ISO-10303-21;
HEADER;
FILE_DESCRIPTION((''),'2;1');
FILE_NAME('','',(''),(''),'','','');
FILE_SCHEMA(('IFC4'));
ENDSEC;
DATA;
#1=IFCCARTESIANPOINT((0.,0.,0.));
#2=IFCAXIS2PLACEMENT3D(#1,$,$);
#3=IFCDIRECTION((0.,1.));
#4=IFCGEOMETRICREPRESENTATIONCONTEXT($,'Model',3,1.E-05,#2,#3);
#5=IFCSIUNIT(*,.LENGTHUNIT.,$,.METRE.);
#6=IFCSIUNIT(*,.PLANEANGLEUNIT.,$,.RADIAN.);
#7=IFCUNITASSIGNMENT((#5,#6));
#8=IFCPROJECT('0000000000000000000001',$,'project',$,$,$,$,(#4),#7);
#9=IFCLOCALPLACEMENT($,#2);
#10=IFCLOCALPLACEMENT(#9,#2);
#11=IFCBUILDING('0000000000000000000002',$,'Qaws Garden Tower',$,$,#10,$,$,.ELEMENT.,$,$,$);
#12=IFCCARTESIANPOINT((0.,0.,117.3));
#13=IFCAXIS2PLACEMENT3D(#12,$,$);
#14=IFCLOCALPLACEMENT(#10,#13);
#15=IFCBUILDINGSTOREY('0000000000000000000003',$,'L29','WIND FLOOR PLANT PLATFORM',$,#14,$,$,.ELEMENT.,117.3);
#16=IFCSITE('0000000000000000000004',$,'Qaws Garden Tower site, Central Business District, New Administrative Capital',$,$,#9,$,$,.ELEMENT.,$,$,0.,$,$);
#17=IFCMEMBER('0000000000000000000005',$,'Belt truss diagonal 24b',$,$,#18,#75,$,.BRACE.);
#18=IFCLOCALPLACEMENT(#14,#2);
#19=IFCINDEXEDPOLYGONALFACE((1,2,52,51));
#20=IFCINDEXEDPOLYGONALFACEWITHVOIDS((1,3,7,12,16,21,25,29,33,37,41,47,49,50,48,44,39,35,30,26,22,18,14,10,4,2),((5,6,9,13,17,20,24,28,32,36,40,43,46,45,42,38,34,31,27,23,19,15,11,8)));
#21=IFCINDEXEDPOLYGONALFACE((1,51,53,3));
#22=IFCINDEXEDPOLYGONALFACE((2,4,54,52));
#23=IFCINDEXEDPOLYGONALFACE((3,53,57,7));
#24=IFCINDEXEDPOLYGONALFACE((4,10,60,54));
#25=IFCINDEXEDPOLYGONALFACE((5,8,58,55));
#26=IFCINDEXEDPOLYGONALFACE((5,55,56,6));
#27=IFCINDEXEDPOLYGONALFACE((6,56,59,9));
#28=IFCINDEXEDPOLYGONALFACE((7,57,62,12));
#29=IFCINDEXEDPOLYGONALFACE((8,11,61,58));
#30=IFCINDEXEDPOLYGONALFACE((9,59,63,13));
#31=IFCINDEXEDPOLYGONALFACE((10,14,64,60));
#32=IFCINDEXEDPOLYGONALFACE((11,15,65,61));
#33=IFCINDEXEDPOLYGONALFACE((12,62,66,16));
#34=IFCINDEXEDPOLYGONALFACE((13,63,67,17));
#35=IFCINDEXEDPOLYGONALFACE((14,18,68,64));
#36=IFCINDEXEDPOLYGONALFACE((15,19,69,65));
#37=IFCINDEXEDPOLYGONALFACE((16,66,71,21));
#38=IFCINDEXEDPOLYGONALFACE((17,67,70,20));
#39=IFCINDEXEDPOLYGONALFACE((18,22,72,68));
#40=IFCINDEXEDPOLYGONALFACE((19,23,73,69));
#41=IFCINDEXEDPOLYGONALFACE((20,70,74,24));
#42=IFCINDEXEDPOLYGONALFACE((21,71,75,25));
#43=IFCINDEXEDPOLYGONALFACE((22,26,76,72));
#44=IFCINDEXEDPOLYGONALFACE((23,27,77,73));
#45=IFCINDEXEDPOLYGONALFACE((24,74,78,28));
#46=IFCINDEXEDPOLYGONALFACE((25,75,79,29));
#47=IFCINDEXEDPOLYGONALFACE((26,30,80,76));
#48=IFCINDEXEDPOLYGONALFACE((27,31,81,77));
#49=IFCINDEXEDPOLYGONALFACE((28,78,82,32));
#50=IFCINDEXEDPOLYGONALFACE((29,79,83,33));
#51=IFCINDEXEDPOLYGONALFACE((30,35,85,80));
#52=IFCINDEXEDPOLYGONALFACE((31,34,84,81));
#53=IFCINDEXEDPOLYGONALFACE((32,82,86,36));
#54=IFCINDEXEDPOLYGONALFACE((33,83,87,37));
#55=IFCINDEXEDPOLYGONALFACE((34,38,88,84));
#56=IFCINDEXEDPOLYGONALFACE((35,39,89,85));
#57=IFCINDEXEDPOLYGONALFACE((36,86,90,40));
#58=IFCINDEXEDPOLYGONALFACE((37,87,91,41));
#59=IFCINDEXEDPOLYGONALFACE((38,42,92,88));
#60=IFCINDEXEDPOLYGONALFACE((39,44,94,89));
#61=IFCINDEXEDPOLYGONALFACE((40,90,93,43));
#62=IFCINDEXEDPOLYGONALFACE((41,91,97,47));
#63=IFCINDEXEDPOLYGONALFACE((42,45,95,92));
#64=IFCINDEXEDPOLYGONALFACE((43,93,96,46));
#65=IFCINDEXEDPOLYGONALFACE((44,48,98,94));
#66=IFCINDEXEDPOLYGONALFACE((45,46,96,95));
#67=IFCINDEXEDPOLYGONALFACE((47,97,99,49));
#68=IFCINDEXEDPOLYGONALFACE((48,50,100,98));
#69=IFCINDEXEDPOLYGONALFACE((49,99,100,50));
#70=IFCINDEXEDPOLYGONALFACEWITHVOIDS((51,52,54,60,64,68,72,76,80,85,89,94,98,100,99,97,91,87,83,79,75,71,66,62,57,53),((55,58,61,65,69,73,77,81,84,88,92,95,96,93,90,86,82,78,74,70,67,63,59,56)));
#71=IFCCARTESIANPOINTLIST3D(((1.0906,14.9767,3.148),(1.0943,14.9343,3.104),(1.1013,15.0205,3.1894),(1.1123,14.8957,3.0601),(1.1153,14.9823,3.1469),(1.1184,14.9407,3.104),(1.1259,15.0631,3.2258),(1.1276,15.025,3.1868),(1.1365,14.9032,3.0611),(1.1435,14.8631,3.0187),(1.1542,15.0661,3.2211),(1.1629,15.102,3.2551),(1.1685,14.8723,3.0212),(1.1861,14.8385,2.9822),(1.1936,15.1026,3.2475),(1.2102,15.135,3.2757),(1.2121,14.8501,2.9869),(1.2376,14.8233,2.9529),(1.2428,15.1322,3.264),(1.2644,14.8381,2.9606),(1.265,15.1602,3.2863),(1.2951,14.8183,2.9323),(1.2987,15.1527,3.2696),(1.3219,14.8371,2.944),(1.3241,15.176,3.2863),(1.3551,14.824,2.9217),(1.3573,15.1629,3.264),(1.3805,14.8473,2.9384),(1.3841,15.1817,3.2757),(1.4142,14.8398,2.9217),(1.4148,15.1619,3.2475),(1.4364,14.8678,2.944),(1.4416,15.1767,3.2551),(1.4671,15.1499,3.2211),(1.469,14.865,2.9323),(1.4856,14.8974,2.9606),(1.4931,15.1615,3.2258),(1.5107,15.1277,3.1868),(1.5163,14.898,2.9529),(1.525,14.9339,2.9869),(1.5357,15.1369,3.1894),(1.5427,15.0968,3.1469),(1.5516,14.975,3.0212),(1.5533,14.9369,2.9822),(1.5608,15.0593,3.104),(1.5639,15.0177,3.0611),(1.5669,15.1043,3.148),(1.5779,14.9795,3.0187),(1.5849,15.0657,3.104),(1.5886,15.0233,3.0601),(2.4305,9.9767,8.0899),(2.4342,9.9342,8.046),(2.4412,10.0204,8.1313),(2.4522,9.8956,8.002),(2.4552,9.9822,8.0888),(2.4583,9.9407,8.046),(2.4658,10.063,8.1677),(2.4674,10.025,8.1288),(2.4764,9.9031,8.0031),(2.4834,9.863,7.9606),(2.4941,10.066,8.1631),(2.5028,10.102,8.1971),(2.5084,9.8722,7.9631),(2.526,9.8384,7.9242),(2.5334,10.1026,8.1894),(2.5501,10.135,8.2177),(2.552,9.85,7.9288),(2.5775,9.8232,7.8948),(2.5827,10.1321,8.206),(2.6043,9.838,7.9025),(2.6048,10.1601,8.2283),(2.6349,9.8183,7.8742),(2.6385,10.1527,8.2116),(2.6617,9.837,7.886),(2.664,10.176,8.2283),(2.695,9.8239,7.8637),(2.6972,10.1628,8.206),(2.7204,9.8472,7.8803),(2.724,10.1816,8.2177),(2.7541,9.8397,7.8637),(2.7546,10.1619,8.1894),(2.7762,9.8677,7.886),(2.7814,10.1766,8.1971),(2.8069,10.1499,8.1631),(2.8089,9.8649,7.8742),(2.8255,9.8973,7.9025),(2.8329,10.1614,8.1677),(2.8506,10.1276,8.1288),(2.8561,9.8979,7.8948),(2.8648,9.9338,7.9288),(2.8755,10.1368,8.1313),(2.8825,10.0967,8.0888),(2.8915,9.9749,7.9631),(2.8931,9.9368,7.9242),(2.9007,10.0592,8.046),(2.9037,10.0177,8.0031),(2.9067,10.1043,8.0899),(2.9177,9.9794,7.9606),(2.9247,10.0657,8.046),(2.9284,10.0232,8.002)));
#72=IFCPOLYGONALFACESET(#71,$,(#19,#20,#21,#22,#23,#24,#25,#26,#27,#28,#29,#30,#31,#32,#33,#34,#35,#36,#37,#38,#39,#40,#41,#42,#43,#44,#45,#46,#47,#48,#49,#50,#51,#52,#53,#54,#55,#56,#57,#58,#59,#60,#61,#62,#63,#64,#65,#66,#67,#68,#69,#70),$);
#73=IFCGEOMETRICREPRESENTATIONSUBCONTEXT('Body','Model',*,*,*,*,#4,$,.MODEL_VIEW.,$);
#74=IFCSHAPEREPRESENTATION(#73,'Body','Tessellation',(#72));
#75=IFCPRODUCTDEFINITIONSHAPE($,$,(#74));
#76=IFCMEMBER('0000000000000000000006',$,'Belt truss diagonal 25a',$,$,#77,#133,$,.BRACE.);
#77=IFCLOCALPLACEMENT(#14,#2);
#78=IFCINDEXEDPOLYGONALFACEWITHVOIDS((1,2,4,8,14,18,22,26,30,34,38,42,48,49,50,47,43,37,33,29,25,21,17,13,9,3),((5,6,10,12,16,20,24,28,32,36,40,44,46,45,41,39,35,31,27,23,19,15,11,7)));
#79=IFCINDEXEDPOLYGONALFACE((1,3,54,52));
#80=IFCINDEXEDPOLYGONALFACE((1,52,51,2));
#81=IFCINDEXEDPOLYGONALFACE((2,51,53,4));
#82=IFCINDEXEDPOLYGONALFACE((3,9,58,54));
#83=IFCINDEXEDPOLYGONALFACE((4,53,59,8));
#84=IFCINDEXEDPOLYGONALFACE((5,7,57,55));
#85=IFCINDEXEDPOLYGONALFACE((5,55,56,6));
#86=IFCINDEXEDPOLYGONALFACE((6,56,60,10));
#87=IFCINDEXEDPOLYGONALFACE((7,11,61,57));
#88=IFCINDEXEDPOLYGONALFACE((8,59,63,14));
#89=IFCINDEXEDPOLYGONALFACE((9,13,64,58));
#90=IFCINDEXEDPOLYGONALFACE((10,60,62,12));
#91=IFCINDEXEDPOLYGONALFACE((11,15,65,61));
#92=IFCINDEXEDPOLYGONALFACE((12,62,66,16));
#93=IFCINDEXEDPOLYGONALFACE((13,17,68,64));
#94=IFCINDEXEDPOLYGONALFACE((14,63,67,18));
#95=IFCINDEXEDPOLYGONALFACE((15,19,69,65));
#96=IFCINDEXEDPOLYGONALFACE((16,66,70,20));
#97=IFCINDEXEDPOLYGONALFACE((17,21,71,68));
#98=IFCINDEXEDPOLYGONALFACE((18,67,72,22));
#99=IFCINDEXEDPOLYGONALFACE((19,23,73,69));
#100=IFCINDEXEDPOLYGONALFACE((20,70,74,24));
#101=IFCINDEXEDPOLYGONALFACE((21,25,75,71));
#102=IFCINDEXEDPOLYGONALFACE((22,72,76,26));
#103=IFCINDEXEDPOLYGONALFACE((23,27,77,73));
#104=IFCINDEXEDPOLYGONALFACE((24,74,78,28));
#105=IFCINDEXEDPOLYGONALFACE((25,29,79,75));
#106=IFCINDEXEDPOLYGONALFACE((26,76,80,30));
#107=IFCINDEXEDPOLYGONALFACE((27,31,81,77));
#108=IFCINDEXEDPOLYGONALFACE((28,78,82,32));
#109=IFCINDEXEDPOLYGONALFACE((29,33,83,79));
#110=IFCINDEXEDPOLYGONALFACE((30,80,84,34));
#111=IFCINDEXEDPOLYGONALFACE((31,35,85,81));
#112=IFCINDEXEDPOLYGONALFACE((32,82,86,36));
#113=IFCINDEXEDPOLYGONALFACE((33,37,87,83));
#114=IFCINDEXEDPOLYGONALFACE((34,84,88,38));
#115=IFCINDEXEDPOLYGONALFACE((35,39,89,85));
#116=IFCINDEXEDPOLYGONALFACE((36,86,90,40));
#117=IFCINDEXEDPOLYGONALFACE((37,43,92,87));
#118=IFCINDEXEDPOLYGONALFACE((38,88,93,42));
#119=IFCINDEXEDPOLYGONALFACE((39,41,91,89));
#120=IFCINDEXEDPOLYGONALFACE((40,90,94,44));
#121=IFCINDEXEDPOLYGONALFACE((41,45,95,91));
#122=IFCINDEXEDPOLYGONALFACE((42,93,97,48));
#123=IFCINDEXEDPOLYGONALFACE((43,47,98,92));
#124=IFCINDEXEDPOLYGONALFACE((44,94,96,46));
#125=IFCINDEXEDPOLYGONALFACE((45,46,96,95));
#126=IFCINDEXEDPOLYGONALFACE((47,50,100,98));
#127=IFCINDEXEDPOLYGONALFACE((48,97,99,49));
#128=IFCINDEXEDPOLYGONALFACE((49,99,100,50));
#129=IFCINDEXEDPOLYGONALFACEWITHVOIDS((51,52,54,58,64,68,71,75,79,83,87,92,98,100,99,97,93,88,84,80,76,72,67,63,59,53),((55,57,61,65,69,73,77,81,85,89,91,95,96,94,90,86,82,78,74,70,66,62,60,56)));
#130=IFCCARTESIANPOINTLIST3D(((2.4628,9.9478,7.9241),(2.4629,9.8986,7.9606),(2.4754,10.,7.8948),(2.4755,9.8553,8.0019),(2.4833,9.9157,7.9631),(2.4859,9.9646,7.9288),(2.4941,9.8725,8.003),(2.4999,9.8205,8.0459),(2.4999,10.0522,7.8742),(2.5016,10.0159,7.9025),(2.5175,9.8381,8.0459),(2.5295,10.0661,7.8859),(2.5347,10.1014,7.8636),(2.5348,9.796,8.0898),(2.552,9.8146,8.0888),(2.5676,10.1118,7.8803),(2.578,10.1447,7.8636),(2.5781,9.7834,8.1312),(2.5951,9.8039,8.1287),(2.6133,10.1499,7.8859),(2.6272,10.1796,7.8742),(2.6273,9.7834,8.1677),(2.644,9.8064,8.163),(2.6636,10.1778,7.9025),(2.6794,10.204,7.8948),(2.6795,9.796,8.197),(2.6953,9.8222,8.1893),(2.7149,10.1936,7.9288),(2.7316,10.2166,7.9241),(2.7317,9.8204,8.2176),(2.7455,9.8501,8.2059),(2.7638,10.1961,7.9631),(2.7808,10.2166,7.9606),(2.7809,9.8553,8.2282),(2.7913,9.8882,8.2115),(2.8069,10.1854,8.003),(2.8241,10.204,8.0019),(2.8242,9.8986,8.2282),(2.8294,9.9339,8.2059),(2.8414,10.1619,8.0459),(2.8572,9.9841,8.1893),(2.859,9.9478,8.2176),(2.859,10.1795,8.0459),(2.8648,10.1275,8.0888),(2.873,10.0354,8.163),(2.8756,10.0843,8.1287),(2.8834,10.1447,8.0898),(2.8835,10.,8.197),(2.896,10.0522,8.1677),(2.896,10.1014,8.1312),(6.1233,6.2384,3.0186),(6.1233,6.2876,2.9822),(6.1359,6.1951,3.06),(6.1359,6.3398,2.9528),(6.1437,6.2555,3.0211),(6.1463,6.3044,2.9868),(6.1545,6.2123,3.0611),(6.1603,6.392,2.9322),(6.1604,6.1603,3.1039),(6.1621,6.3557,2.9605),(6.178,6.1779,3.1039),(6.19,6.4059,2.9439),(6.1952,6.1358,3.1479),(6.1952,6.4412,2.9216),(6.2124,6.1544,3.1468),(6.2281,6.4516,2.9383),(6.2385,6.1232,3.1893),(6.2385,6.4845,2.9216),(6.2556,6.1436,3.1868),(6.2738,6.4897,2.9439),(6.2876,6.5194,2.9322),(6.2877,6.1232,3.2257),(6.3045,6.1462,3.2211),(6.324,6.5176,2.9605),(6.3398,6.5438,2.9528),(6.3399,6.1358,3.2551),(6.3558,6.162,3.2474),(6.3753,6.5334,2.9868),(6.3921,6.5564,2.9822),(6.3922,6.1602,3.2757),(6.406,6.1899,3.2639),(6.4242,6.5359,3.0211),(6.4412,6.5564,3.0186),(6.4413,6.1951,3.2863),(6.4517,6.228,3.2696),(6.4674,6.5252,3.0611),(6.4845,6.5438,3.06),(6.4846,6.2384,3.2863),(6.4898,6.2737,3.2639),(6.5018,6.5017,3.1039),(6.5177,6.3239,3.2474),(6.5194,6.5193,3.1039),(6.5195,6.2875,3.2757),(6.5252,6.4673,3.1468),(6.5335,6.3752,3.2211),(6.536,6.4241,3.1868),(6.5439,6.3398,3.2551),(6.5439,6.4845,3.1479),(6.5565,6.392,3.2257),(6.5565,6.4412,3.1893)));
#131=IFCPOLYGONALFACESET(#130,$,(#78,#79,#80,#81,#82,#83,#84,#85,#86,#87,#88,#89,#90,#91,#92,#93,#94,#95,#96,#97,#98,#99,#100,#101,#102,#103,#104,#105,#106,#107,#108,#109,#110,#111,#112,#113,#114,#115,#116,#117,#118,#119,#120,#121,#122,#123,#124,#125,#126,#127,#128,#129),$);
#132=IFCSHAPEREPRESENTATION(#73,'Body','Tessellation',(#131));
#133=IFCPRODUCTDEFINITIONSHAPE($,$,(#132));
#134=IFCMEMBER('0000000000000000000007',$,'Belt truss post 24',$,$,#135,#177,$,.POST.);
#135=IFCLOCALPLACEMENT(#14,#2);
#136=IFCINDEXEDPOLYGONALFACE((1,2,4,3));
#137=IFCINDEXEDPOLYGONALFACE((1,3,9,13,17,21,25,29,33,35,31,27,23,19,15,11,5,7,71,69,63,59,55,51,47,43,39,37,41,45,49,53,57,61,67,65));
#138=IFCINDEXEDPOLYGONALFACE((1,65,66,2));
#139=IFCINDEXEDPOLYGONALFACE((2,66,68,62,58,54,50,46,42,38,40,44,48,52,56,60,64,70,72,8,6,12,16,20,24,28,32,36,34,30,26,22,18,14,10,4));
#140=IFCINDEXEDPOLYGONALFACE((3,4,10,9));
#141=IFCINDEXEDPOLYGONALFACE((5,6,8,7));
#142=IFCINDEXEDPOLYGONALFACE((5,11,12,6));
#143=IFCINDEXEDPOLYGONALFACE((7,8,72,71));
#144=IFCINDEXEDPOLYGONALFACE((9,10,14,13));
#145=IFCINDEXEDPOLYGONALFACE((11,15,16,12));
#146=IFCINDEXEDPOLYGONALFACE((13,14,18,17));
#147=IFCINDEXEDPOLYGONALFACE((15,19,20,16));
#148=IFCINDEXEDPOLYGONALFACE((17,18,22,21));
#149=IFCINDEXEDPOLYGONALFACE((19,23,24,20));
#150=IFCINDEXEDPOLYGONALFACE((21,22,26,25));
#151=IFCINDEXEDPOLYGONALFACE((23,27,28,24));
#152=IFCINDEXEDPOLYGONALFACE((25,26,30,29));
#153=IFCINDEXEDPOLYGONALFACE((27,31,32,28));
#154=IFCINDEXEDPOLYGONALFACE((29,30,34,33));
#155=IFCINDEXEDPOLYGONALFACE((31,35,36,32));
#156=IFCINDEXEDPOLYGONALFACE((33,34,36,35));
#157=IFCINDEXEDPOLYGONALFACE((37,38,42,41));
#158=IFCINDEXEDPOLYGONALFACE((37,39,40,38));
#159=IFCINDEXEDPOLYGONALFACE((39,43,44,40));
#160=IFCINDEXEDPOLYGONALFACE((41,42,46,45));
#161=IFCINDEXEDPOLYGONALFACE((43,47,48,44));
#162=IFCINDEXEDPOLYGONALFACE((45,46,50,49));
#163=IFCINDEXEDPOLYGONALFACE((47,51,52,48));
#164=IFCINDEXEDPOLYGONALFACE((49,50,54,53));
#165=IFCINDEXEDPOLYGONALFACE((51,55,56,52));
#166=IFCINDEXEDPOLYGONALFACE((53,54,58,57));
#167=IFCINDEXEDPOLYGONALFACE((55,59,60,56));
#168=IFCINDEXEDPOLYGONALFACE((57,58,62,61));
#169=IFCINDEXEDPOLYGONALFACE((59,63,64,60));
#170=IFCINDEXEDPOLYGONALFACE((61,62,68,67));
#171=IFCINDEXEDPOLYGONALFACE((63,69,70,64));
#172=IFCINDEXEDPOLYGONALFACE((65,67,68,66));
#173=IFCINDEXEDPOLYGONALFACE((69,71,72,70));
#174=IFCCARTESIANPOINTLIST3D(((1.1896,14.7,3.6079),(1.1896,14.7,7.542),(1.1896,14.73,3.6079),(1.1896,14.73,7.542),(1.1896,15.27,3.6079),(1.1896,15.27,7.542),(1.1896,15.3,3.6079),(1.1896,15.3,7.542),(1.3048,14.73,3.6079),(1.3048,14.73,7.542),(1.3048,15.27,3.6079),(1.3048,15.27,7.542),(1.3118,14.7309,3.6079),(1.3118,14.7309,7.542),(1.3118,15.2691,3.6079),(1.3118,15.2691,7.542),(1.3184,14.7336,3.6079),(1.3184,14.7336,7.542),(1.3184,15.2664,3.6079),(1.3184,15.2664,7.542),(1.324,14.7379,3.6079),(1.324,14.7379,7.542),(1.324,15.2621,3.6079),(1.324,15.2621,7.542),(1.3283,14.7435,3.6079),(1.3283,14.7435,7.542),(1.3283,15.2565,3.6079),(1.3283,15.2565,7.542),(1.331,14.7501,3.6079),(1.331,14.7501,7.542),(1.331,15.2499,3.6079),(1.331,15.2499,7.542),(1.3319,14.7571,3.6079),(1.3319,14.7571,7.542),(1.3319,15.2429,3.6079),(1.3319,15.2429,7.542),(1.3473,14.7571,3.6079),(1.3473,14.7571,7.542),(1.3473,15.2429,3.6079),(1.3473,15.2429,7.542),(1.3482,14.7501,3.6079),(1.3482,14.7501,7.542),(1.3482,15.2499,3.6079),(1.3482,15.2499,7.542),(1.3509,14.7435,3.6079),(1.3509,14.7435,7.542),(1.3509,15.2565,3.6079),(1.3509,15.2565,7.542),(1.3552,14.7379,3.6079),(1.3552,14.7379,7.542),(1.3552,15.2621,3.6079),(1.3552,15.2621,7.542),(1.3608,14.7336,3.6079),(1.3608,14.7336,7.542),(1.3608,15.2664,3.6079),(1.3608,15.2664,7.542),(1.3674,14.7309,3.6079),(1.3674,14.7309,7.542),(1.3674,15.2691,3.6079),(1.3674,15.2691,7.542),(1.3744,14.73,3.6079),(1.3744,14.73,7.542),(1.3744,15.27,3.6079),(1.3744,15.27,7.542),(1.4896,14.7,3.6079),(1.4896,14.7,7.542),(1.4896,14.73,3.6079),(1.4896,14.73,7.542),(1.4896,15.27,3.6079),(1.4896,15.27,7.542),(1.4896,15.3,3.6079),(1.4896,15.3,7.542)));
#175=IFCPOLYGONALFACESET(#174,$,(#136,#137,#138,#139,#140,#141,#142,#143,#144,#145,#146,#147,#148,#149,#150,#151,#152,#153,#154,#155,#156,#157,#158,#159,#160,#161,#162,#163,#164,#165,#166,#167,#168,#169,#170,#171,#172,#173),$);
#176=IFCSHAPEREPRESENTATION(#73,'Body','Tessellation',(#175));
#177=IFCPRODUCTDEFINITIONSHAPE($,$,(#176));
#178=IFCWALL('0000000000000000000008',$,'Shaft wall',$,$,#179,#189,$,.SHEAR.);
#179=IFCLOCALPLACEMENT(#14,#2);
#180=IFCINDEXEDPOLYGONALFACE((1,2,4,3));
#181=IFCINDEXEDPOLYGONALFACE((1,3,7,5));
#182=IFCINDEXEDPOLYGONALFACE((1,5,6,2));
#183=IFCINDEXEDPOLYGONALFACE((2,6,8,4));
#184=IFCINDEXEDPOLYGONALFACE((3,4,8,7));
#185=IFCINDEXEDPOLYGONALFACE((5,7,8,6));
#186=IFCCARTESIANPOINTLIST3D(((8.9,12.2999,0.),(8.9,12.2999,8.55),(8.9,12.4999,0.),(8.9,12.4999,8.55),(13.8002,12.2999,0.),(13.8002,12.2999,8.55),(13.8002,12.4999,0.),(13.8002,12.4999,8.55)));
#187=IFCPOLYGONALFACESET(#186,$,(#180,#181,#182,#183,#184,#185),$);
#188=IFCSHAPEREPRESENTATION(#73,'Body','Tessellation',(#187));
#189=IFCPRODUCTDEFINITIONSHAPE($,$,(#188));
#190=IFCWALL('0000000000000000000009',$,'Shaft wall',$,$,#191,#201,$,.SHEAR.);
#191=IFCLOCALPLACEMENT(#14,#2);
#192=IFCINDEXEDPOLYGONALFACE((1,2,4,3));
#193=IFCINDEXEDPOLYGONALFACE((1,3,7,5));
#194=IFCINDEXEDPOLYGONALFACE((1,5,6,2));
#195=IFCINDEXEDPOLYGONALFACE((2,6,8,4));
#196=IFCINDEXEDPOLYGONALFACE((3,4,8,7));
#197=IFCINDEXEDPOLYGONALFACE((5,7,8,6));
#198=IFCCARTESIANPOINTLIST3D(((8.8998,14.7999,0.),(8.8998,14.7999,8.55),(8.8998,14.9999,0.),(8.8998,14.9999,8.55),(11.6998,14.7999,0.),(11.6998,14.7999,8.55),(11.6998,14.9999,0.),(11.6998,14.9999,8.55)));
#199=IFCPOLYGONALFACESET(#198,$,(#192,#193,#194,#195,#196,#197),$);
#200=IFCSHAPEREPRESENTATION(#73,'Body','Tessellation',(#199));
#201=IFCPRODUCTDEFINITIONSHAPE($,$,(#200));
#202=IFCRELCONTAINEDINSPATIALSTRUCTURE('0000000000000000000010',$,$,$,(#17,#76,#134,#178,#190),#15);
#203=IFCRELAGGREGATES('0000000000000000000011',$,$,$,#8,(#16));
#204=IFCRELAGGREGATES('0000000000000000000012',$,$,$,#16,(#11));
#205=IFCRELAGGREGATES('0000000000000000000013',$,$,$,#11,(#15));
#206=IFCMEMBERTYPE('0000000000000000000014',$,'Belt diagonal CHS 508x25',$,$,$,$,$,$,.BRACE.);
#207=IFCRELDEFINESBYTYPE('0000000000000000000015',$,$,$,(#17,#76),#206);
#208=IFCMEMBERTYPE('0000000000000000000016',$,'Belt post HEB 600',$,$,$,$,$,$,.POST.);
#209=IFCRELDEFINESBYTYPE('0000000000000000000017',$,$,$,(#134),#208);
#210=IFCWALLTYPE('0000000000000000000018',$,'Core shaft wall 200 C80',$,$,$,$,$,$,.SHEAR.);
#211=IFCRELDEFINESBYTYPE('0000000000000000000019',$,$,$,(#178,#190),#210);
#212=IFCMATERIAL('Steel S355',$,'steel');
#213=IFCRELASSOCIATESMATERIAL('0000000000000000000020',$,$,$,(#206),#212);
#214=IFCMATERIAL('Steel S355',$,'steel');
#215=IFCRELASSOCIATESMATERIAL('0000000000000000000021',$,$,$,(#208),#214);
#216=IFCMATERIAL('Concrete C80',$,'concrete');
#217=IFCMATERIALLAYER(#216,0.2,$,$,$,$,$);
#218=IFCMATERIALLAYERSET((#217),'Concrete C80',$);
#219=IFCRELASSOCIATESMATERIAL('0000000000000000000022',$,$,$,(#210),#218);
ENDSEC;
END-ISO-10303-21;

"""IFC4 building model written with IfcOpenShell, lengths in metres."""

from ifc_helpers import new_model, si_unit, direction, frame, frame_2d, origin, origin_2d, place, context, subcontext, project, spatial, rectangle, hollow_circle, i_section, extrude, material, layer, layer_set, material_profile, profile_set, type_object, element, save


model = new_model("IFC4")

# Units and contexts
model_context = context("Model", 3, precision=1e-05, world=origin(), true_north=direction((0.0, 1.0)))
body_context = subcontext(model_context, "Body", "Model", "MODEL_VIEW")
ifc_project = project(units=[si_unit("LENGTHUNIT", "METRE"), si_unit("PLANEANGLEUNIT", "RADIAN")], contexts=[model_context])

# Site, building, storey
site_placement = place(None, origin())
site = spatial("IfcSite", under=ifc_project, at=site_placement, Name="Qaws Garden Tower site, Central Business District, New Administrative Capital", CompositionType="ELEMENT", RefElevation=0.0)
building_placement = place(site_placement, origin())
building = spatial("IfcBuilding", under=site, at=building_placement, Name="Qaws Garden Tower", CompositionType="ELEMENT")
storey_placement = place(building_placement, frame((0.0, 0.0, 117.3)))
storey = spatial("IfcBuildingStorey", under=building, at=storey_placement, Name="L29", Description="WIND FLOOR PLANT PLATFORM", CompositionType="ELEMENT", Elevation=117.3)

# Members
ifc_material_1 = material(Name="Steel S355", Category="steel")
ifc_material_profile_1 = material_profile(ifc_material_1, hollow_circle(Radius=0.2539, WallThickness=0.0249, at=origin_2d()), Name="CHS 508x25")
ifc_profile_set_1 = profile_set([ifc_material_profile_1], Name="Steel S355")
member_type_1 = type_object("IfcMemberType", Name="Belt diagonal CHS 508x25", PredefinedType="BRACE", material=ifc_profile_set_1)
for number, where, z_axis, x_axis, name in (
    (1, (1.3396, 15.0, 3.104), (0.187217, -0.698652, 0.690533), (0.965921, 0.258837, 0.0), "Belt truss diagonal 24b"),
    (2, (2.6794, 10.0, 8.0459), (0.511469, -0.511435, -0.690532), (0.707083, 0.70713, 0.0), "Belt truss diagonal 25a"),
):
    element("IfcMember", number, at=place(storey_placement, frame(where, z_axis=z_axis, x_axis=x_axis)), inside=storey, type_object=member_type_1, Name=name, PredefinedType="BRACE", context=body_context, shape_type="SweptSolid", body=[
        extrude(hollow_circle(Radius=0.2539, WallThickness=0.0249, at=origin_2d()), origin(), (0.0, 0.0, 1.0), 7.1567),
    ])
ifc_material_2 = material(Name="Steel S355", Category="steel")
ifc_material_profile_2 = material_profile(ifc_material_2, i_section(OverallWidth=0.3, OverallDepth=0.6001, WebThickness=0.0154, FlangeThickness=0.03, FilletRadius=0.0271, at=origin_2d()), Name="HEB 600")
ifc_profile_set_2 = profile_set([ifc_material_profile_2], Name="Steel S355")
member_type_2 = type_object("IfcMemberType", Name="Belt post HEB 600", PredefinedType="POST", material=ifc_profile_set_2)
placement = place(storey_placement, frame((1.3396, 15.0, 3.6079), z_axis=(0.0, 0.0, 1.0), x_axis=(1.0, 0.0, 0.0)))
element("IfcMember", 3, at=placement, inside=storey, type_object=member_type_2, Name="Belt truss post 24", PredefinedType="POST", context=body_context, shape_type="SweptSolid", body=[
    extrude(i_section(OverallWidth=0.3, OverallDepth=0.6001, WebThickness=0.0154, FlangeThickness=0.03, FilletRadius=0.0271, at=origin_2d()), origin(), (0.0, 0.0, 1.0), 3.9341),
])

# Walls
ifc_material_3 = material(Name="Concrete C80", Category="concrete")
ifc_layer_1 = layer(ifc_material_3, 0.2)
ifc_layer_set_1 = layer_set([ifc_layer_1], Name="Concrete C80")
wall_type_1 = type_object("IfcWallType", Name="Core shaft wall 200 C80", PredefinedType="SHEAR", material=ifc_layer_set_1)
wall_1_placement = place(storey_placement, frame((8.8999, 12.3999, 0.0), z_axis=(0.0, 0.0, 1.0), x_axis=(1.0, 0.0, 0.0)))
element("IfcWall", 4, at=wall_1_placement, inside=storey, type_object=wall_type_1, Name="Shaft wall", PredefinedType="SHEAR", context=body_context, shape_type="SweptSolid", body=[
    extrude(rectangle(XDim=4.9001, YDim=0.2, at=frame_2d((2.4502, 0.0))), origin(), (0.0, 0.0, 1.0), 8.55),
])
for number, where, z_axis, x_axis, name in (
    (5, (8.8999, 14.8999, 0.0), (0.0, 0.0, 1.0), (1.0, 0.0, 0.0), "Shaft wall"),
):
    element("IfcWall", number, at=place(storey_placement, frame(where, z_axis=z_axis, x_axis=x_axis)), inside=storey, type_object=wall_type_1, Name=name, PredefinedType="SHEAR", context=body_context, shape_type="SweptSolid", body=[
        extrude(rectangle(XDim=2.8, YDim=0.2, at=frame_2d((1.3999, 0.0))), origin(), (0.0, 0.0, 1.0), 8.55),
    ])

save(model, "model.ifc")
